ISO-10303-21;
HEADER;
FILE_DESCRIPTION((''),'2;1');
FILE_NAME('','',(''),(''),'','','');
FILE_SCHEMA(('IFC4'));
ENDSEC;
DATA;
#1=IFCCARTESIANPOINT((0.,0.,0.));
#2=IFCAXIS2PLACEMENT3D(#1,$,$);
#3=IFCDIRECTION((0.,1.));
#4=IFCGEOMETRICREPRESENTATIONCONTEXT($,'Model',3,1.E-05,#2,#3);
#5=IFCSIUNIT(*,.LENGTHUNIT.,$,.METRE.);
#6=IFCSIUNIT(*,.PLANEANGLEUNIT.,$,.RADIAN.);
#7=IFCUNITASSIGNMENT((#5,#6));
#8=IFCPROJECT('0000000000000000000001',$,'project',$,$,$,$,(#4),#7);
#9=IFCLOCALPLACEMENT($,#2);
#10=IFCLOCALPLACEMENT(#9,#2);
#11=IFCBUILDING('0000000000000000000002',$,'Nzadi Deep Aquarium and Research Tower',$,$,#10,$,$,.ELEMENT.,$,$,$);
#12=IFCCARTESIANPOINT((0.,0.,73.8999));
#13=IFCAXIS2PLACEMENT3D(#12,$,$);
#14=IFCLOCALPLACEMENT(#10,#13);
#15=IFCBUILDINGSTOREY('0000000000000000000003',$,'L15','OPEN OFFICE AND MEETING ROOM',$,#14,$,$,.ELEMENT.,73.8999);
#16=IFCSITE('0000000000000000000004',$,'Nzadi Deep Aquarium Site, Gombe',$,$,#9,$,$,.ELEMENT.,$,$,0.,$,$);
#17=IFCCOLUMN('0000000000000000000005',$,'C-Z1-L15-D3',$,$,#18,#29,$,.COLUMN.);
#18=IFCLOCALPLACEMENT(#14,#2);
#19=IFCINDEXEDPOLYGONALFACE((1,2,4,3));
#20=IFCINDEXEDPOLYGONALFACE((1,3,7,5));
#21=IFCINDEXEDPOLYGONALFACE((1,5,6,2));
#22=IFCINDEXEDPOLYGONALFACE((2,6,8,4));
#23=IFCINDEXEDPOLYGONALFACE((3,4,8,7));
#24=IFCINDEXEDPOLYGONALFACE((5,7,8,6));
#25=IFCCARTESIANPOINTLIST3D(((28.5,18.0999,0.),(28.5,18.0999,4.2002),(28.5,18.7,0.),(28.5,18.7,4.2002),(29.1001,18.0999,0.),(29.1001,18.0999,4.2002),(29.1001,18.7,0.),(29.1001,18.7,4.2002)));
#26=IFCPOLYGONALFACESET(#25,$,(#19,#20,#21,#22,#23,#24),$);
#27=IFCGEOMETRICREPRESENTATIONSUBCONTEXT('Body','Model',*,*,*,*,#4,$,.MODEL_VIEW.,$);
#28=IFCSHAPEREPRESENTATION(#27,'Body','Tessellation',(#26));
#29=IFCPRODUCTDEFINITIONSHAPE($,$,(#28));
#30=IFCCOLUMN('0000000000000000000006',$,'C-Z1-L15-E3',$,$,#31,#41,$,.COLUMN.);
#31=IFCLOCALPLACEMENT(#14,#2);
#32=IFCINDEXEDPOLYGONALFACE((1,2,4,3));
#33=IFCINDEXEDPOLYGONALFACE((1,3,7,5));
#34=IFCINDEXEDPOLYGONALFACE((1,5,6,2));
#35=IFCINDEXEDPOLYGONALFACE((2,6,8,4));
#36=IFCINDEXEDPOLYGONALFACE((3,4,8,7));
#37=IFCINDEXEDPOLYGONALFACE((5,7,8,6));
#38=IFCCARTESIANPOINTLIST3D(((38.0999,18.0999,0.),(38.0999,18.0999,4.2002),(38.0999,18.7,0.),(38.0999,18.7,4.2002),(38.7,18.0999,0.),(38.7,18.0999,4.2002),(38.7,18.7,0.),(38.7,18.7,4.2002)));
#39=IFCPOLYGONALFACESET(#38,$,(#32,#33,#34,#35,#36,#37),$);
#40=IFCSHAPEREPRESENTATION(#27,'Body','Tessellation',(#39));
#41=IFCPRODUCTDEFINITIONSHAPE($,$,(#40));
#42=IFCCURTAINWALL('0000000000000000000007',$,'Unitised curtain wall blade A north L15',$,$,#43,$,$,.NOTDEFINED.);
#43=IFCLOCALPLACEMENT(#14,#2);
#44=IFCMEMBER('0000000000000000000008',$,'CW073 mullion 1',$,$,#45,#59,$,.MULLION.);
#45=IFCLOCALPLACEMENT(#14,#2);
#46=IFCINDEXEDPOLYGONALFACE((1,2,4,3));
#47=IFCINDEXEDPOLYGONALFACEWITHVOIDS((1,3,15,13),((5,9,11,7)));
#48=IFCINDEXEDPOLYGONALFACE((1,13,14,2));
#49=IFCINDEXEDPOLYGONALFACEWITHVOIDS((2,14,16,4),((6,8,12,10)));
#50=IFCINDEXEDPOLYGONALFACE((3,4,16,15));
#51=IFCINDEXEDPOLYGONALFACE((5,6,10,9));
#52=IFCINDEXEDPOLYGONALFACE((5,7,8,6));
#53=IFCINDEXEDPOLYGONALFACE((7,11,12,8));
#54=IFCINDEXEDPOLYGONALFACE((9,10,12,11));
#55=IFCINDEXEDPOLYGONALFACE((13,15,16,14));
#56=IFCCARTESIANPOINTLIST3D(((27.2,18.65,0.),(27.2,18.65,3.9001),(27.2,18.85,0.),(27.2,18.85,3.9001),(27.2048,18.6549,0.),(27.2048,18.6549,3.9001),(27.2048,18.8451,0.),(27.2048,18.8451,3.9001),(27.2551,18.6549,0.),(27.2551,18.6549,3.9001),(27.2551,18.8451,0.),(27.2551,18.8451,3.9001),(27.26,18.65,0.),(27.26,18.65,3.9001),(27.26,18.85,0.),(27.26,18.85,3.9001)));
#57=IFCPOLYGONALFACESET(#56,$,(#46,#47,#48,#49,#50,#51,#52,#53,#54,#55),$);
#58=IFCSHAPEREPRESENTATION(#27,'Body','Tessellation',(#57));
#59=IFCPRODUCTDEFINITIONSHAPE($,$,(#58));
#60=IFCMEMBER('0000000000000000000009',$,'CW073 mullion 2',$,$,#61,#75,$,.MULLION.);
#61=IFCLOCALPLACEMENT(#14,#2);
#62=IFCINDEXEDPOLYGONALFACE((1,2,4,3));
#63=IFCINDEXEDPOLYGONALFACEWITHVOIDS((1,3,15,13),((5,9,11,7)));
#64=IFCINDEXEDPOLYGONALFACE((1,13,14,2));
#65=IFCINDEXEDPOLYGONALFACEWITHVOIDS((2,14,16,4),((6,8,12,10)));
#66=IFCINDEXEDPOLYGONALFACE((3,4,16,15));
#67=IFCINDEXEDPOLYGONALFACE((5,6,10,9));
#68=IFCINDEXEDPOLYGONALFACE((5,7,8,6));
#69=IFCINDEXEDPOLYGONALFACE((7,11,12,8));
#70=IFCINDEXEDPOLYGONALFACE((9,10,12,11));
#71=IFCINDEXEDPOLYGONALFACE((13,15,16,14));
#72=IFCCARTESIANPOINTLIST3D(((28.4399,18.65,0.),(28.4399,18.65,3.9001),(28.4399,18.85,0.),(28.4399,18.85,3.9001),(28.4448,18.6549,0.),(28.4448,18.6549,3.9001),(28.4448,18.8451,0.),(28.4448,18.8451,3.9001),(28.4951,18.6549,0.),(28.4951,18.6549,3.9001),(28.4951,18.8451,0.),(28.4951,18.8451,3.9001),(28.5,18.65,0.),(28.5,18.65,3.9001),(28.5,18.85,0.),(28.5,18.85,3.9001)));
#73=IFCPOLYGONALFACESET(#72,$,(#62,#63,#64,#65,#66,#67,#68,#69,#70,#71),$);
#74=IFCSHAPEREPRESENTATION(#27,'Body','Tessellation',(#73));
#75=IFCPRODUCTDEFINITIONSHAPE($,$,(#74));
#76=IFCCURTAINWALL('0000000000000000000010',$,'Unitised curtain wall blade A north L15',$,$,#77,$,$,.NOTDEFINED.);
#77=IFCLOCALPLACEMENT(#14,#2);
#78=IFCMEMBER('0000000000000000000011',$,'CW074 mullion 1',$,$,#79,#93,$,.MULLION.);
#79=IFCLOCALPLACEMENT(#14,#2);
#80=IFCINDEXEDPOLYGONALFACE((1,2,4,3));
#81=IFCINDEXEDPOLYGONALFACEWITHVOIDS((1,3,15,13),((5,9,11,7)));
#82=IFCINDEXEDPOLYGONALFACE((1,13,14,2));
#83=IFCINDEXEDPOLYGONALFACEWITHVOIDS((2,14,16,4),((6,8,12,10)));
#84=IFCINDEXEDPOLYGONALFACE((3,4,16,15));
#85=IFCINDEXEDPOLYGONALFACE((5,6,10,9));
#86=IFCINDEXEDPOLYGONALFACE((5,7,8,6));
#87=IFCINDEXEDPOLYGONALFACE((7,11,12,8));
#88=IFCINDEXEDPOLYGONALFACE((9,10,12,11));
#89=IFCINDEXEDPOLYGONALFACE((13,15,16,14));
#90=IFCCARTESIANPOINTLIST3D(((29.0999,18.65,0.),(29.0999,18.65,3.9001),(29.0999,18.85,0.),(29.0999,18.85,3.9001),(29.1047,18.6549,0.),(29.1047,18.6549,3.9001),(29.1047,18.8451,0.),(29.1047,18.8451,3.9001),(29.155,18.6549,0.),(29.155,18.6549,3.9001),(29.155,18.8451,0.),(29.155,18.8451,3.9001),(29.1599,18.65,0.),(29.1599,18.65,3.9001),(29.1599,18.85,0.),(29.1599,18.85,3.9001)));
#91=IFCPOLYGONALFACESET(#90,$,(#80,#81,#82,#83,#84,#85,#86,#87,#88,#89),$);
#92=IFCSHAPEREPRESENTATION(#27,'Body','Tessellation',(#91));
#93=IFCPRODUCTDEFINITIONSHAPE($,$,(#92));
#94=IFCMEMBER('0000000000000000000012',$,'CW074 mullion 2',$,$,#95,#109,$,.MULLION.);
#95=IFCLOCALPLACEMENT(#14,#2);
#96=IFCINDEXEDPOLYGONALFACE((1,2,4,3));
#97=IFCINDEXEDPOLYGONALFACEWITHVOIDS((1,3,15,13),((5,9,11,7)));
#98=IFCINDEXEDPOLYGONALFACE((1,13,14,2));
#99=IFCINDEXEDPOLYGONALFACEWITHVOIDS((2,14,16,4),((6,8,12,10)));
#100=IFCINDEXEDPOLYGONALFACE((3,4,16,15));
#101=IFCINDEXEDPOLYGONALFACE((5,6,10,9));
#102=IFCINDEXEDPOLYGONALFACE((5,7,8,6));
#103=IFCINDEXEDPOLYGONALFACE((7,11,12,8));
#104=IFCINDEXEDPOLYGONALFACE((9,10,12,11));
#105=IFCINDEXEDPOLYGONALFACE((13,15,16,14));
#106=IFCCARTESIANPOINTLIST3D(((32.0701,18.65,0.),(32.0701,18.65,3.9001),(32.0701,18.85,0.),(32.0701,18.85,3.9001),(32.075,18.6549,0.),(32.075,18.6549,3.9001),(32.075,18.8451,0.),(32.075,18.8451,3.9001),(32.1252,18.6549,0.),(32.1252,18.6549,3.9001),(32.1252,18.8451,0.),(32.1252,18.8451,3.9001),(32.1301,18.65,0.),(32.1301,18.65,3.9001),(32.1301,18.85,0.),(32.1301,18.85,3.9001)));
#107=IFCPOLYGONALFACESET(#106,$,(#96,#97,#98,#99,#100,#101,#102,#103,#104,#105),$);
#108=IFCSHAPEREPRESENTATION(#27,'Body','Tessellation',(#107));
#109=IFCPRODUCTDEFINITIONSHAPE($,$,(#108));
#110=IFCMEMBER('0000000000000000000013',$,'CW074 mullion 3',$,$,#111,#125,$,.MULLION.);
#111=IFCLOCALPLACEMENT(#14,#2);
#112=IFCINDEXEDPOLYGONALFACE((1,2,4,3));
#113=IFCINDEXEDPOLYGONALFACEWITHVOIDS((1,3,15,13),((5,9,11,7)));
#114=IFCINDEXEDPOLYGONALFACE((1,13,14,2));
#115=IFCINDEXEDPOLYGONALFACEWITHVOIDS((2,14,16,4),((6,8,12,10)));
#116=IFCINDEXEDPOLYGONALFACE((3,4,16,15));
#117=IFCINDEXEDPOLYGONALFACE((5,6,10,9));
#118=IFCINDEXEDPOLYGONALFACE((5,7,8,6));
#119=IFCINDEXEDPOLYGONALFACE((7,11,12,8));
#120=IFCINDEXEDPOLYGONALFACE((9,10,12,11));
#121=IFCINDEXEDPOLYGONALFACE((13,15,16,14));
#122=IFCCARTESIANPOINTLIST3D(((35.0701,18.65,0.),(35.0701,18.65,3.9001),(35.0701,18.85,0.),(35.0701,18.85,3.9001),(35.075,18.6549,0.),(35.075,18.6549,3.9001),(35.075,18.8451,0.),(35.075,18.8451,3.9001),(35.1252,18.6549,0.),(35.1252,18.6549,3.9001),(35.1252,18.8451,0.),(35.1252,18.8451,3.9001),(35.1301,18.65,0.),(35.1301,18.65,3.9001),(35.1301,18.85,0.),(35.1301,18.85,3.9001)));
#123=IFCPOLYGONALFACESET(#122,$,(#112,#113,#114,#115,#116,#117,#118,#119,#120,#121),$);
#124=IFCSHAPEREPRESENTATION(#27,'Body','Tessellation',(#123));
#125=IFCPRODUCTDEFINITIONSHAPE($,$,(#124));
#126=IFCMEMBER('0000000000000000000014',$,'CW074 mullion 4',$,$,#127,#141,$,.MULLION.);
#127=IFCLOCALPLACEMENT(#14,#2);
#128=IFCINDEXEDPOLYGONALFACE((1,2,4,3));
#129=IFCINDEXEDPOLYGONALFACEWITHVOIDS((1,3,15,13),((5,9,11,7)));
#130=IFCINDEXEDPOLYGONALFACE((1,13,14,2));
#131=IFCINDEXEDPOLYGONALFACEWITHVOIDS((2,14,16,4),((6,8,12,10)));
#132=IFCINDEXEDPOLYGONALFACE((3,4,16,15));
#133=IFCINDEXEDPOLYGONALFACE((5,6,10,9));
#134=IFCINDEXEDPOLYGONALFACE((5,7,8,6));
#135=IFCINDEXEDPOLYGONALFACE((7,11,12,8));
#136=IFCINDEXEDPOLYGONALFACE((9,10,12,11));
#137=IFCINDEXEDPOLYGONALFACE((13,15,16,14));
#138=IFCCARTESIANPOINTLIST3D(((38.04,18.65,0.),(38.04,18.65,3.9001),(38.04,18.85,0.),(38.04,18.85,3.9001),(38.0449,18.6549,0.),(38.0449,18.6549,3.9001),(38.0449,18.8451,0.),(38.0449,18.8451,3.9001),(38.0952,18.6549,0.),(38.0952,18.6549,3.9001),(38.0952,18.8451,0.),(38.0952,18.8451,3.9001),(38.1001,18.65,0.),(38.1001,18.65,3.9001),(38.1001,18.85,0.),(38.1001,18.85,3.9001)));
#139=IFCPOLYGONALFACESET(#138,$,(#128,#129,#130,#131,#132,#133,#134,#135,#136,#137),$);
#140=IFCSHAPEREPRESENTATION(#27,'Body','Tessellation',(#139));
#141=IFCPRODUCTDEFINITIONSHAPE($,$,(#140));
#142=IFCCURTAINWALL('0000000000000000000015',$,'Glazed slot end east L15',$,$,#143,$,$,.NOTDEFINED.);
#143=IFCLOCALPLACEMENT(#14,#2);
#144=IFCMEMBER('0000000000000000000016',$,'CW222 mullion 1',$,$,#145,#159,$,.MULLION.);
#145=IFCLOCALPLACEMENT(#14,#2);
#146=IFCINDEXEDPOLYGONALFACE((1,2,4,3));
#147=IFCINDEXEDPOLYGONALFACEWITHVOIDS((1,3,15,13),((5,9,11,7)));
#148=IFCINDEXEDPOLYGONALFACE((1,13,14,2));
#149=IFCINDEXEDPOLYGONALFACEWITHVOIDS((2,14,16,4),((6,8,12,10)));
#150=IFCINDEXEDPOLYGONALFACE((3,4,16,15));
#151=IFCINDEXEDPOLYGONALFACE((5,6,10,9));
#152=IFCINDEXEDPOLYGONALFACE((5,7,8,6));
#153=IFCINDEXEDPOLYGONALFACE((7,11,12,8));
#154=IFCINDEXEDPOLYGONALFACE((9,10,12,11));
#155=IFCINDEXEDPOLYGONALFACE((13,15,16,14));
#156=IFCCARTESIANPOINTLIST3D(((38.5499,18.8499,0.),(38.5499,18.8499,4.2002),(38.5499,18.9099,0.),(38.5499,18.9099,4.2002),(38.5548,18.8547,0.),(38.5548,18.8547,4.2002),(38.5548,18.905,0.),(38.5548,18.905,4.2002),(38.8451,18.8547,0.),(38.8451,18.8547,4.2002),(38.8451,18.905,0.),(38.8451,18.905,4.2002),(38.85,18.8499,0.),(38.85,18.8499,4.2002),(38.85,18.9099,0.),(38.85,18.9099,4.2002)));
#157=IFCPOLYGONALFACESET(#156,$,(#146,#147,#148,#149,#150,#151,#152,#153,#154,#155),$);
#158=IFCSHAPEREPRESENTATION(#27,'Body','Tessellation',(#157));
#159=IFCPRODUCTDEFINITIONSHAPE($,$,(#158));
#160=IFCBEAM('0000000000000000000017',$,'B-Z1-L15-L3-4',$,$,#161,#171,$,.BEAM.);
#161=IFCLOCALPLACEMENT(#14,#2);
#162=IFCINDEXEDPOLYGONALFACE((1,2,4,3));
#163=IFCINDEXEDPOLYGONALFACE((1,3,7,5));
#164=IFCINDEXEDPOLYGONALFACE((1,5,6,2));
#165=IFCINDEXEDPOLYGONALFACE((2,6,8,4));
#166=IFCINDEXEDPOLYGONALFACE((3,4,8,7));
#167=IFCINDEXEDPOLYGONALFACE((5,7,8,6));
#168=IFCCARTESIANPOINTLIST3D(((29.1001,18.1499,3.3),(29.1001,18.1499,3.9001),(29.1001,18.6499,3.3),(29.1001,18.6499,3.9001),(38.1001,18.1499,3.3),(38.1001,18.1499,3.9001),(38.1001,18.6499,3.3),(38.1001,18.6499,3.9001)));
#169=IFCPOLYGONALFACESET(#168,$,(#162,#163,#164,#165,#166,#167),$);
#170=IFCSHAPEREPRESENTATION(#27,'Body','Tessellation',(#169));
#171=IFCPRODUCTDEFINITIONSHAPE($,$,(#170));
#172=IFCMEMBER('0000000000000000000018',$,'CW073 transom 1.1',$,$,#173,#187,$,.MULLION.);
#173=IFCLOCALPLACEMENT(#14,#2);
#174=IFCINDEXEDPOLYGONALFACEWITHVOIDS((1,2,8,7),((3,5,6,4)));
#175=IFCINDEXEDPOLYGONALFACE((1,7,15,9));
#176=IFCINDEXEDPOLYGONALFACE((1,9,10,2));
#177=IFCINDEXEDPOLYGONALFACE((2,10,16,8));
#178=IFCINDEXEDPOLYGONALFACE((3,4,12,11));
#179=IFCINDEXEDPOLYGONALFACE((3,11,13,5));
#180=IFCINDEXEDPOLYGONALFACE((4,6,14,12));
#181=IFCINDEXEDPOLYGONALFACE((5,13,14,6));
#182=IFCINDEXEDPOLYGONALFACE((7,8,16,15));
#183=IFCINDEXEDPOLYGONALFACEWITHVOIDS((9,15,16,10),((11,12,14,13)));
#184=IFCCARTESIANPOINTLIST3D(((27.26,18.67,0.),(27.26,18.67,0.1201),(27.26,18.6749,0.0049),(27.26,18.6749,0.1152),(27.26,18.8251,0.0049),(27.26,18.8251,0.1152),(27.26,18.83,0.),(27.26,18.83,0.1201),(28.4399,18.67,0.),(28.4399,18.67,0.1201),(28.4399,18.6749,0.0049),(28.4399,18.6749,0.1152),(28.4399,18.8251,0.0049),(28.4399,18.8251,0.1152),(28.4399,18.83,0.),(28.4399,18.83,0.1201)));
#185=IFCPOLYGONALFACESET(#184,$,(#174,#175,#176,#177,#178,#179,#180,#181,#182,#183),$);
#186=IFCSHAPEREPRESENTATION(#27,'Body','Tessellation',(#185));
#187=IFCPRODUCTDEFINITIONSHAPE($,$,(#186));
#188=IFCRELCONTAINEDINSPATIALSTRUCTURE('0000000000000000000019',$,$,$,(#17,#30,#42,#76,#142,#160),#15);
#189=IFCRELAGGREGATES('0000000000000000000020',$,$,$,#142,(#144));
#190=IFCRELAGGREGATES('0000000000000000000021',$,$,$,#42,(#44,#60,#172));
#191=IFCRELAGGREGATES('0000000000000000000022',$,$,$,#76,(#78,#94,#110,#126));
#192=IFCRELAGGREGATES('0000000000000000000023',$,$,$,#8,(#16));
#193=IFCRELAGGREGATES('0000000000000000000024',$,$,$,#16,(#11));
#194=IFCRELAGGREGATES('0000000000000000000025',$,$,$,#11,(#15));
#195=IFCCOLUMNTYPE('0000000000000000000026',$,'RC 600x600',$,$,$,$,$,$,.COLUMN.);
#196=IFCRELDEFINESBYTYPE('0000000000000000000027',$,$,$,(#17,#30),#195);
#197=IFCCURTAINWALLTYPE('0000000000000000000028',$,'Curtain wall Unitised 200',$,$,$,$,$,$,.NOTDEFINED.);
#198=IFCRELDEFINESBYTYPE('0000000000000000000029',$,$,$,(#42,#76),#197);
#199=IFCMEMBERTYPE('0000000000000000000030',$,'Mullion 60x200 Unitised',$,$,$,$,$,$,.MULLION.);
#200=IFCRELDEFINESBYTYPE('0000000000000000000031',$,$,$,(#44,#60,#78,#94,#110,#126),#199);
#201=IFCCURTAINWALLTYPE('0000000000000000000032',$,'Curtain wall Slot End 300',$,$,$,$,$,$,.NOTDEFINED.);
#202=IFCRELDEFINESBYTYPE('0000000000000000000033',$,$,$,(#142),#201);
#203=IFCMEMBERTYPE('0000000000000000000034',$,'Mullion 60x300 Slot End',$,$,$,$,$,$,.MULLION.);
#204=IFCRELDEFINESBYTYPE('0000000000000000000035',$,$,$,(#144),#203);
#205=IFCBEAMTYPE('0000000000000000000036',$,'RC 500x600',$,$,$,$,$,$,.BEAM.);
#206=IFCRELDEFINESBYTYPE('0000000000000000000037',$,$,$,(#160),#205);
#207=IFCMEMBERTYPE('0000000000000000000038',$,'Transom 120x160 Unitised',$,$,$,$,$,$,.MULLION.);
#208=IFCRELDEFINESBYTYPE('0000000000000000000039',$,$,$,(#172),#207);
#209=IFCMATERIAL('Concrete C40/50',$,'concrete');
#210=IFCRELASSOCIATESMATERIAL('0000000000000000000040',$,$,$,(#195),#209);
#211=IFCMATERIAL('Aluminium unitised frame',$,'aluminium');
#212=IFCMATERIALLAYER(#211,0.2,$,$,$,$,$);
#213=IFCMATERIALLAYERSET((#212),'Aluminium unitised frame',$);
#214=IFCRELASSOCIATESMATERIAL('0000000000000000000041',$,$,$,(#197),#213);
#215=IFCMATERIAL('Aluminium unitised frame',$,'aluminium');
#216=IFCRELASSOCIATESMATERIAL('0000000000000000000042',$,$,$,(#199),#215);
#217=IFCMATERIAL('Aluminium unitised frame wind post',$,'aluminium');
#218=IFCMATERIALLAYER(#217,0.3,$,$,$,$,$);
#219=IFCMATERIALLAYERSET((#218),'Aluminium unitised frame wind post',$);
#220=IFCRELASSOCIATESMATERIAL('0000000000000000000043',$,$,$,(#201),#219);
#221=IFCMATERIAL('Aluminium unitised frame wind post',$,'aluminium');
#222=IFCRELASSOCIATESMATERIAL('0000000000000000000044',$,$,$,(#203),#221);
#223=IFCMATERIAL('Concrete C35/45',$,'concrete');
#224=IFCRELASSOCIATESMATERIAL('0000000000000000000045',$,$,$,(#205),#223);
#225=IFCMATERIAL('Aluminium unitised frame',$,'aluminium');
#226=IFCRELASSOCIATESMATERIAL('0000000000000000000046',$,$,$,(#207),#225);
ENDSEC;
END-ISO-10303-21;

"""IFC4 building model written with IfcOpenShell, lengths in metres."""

from ifc_helpers import new_model, si_unit, direction, frame, origin, origin_2d, place, context, subcontext, project, spatial, rectangle, hollow_rectangle, extrude, material, layer, layer_set, material_profile, profile_set, type_object, element, aggregate, save


model = new_model("IFC4")

# Units and contexts
model_context = context("Model", 3, precision=1e-05, world=origin(), true_north=direction((0.0, 1.0)))
body_context = subcontext(model_context, "Body", "Model", "MODEL_VIEW")
ifc_project = project(units=[si_unit("LENGTHUNIT", "METRE"), si_unit("PLANEANGLEUNIT", "RADIAN")], contexts=[model_context])

# Site, building, storey
site_placement = place(None, origin())
site = spatial("IfcSite", under=ifc_project, at=site_placement, Name="Nzadi Deep Aquarium Site, Gombe", CompositionType="ELEMENT", RefElevation=0.0)
building_placement = place(site_placement, origin())
building = spatial("IfcBuilding", under=site, at=building_placement, Name="Nzadi Deep Aquarium and Research Tower", CompositionType="ELEMENT")
storey_placement = place(building_placement, frame((0.0, 0.0, 73.8999)))
storey = spatial("IfcBuildingStorey", under=building, at=storey_placement, Name="L15", Description="OPEN OFFICE AND MEETING ROOM", CompositionType="ELEMENT", Elevation=73.8999)

# Columns
ifc_material_1 = material(Name="Concrete C40/50", Category="concrete")
ifc_material_profile_1 = material_profile(ifc_material_1, rectangle(XDim=0.6001, YDim=0.6001, at=origin_2d()))
ifc_profile_set_1 = profile_set([ifc_material_profile_1], Name="Concrete C40/50")
column_type = type_object("IfcColumnType", Name="RC 600x600", PredefinedType="COLUMN", material=ifc_profile_set_1)
for number, where, z_axis, x_axis, name in (
    (1, (28.8, 18.3999, 0.0), (0.0, 0.0, 1.0), (1.0, 0.0, 0.0), "C-Z1-L15-D3"),
    (2, (38.3999, 18.3999, 0.0), (0.0, 0.0, 1.0), (1.0, 0.0, 0.0), "C-Z1-L15-E3"),
):
    element("IfcColumn", number, at=place(storey_placement, frame(where, z_axis=z_axis, x_axis=x_axis)), inside=storey, type_object=column_type, Name=name, PredefinedType="COLUMN", context=body_context, shape_type="SweptSolid", body=[
        extrude(rectangle(XDim=0.6001, YDim=0.6001, at=origin_2d()), origin(), (0.0, 0.0, 1.0), 4.2002),
    ])

# Curtain walls, members
ifc_material_2 = material(Name="Aluminium unitised frame", Category="aluminium")
ifc_layer_1 = layer(ifc_material_2, 0.2)
ifc_layer_set_1 = layer_set([ifc_layer_1], Name="Aluminium unitised frame")
curtain_wall_type_1 = type_object("IfcCurtainWallType", Name="Curtain wall Unitised 200", PredefinedType="NOTDEFINED", material=ifc_layer_set_1)
curtain_wall_1_placement = place(storey_placement, origin())
curtain_wall_1 = element("IfcCurtainWall", 3, at=curtain_wall_1_placement, inside=storey, type_object=curtain_wall_type_1, Name="Unitised curtain wall blade A north L15", PredefinedType="NOTDEFINED")
ifc_material_3 = material(Name="Aluminium unitised frame", Category="aluminium")
ifc_material_profile_2 = material_profile(ifc_material_3, hollow_rectangle(XDim=0.2, YDim=0.0601, WallThickness=0.0049, at=origin_2d()))
ifc_profile_set_2 = profile_set([ifc_material_profile_2], Name="Aluminium unitised frame")
member_type_1 = type_object("IfcMemberType", Name="Mullion 60x200 Unitised", PredefinedType="MULLION", material=ifc_profile_set_2)
member_1_placement = place(storey_placement, frame((27.23, 18.75, 0.0), z_axis=(0.0, 0.0, 1.0), x_axis=(0.0, 1.0, 0.0)))
member_1 = element("IfcMember", 4, at=member_1_placement, type_object=member_type_1, Name="CW073 mullion 1", PredefinedType="MULLION", context=body_context, shape_type="SweptSolid", body=[
    extrude(hollow_rectangle(XDim=0.2, YDim=0.0601, WallThickness=0.0049, at=origin_2d()), origin(), (0.0, 0.0, 1.0), 3.9001),
])
member_2_placement = place(storey_placement, frame((28.47, 18.75, 0.0), z_axis=(0.0, 0.0, 1.0), x_axis=(0.0, 1.0, 0.0)))
member_2 = element("IfcMember", 5, at=member_2_placement, type_object=member_type_1, Name="CW073 mullion 2", PredefinedType="MULLION", context=body_context, shape_type="SweptSolid", body=[
    extrude(hollow_rectangle(XDim=0.2, YDim=0.0601, WallThickness=0.0049, at=origin_2d()), origin(), (0.0, 0.0, 1.0), 3.9001),
])
curtain_wall_2_placement = place(storey_placement, origin())
curtain_wall_2 = element("IfcCurtainWall", 6, at=curtain_wall_2_placement, inside=storey, type_object=curtain_wall_type_1, Name="Unitised curtain wall blade A north L15", PredefinedType="NOTDEFINED")
member_3_placement = place(storey_placement, frame((29.1299, 18.75, 0.0), z_axis=(0.0, 0.0, 1.0), x_axis=(0.0, 1.0, 0.0)))
member_3 = element("IfcMember", 7, at=member_3_placement, type_object=member_type_1, Name="CW074 mullion 1", PredefinedType="MULLION", context=body_context, shape_type="SweptSolid", body=[
    extrude(hollow_rectangle(XDim=0.2, YDim=0.0601, WallThickness=0.0049, at=origin_2d()), origin(), (0.0, 0.0, 1.0), 3.9001),
])
member_4_placement = place(storey_placement, frame((32.1001, 18.75, 0.0), z_axis=(0.0, 0.0, 1.0), x_axis=(0.0, 1.0, 0.0)))
member_4 = element("IfcMember", 8, at=member_4_placement, type_object=member_type_1, Name="CW074 mullion 2", PredefinedType="MULLION", context=body_context, shape_type="SweptSolid", body=[
    extrude(hollow_rectangle(XDim=0.2, YDim=0.0601, WallThickness=0.0049, at=origin_2d()), origin(), (0.0, 0.0, 1.0), 3.9001),
])
member_5_placement = place(storey_placement, frame((35.1001, 18.75, 0.0), z_axis=(0.0, 0.0, 1.0), x_axis=(0.0, 1.0, 0.0)))
member_5 = element("IfcMember", 9, at=member_5_placement, type_object=member_type_1, Name="CW074 mullion 3", PredefinedType="MULLION", context=body_context, shape_type="SweptSolid", body=[
    extrude(hollow_rectangle(XDim=0.2, YDim=0.0601, WallThickness=0.0049, at=origin_2d()), origin(), (0.0, 0.0, 1.0), 3.9001),
])
member_6_placement = place(storey_placement, frame((38.0701, 18.75, 0.0), z_axis=(0.0, 0.0, 1.0), x_axis=(0.0, 1.0, 0.0)))
member_6 = element("IfcMember", 10, at=member_6_placement, type_object=member_type_1, Name="CW074 mullion 4", PredefinedType="MULLION", context=body_context, shape_type="SweptSolid", body=[
    extrude(hollow_rectangle(XDim=0.2, YDim=0.0601, WallThickness=0.0049, at=origin_2d()), origin(), (0.0, 0.0, 1.0), 3.9001),
])

# Curtain wall, member
ifc_material_4 = material(Name="Aluminium unitised frame wind post", Category="aluminium")
ifc_layer_2 = layer(ifc_material_4, 0.3)
ifc_layer_set_2 = layer_set([ifc_layer_2], Name="Aluminium unitised frame wind post")
curtain_wall_type_2 = type_object("IfcCurtainWallType", Name="Curtain wall Slot End 300", PredefinedType="NOTDEFINED", material=ifc_layer_set_2)
curtain_wall_3_placement = place(storey_placement, origin())
curtain_wall_3 = element("IfcCurtainWall", 11, at=curtain_wall_3_placement, inside=storey, type_object=curtain_wall_type_2, Name="Glazed slot end east L15", PredefinedType="NOTDEFINED")
ifc_material_5 = material(Name="Aluminium unitised frame wind post", Category="aluminium")
ifc_material_profile_3 = material_profile(ifc_material_5, hollow_rectangle(XDim=0.3, YDim=0.0601, WallThickness=0.0049, at=origin_2d()))
ifc_profile_set_3 = profile_set([ifc_material_profile_3], Name="Aluminium unitised frame wind post")
member_type_2 = type_object("IfcMemberType", Name="Mullion 60x300 Slot End", PredefinedType="MULLION", material=ifc_profile_set_3)
member_7_placement = place(storey_placement, frame((38.7, 18.8799, 0.0), z_axis=(0.0, 0.0, 1.0), x_axis=(-1.0, 0.0, 0.0)))
member_7 = element("IfcMember", 12, at=member_7_placement, type_object=member_type_2, Name="CW222 mullion 1", PredefinedType="MULLION", context=body_context, shape_type="SweptSolid", body=[
    extrude(hollow_rectangle(XDim=0.3, YDim=0.0601, WallThickness=0.0049, at=origin_2d()), origin(), (0.0, 0.0, 1.0), 4.2002),
])

# Beam
ifc_material_6 = material(Name="Concrete C35/45", Category="concrete")
ifc_material_profile_4 = material_profile(ifc_material_6, rectangle(XDim=0.5, YDim=0.6001, at=origin_2d()))
ifc_profile_set_4 = profile_set([ifc_material_profile_4], Name="Concrete C35/45")
beam_type = type_object("IfcBeamType", Name="RC 500x600", PredefinedType="BEAM", material=ifc_profile_set_4)
beam_placement = place(storey_placement, frame((29.1001, 18.3999, 3.6001), z_axis=(1.0, 0.0, 0.0), x_axis=(0.0, 1.0, 0.0)))
element("IfcBeam", 13, at=beam_placement, inside=storey, type_object=beam_type, Name="B-Z1-L15-L3-4", PredefinedType="BEAM", context=body_context, shape_type="SweptSolid", body=[
    extrude(rectangle(XDim=0.5, YDim=0.6001, at=origin_2d()), origin(), (0.0, 0.0, 1.0), 9.0),
])

# Member
ifc_material_7 = material(Name="Aluminium unitised frame", Category="aluminium")
ifc_material_profile_5 = material_profile(ifc_material_7, hollow_rectangle(XDim=0.1599, YDim=0.1201, WallThickness=0.0049, at=origin_2d()))
ifc_profile_set_5 = profile_set([ifc_material_profile_5], Name="Aluminium unitised frame")
member_type_3 = type_object("IfcMemberType", Name="Transom 120x160 Unitised", PredefinedType="MULLION", material=ifc_profile_set_5)
member_8_placement = place(storey_placement, frame((27.26, 18.75, 0.0601), z_axis=(1.0, 0.0, 0.0), x_axis=(0.0, 1.0, 0.0)))
member_8 = element("IfcMember", 14, at=member_8_placement, type_object=member_type_3, Name="CW073 transom 1.1", PredefinedType="MULLION", context=body_context, shape_type="SweptSolid", body=[
    extrude(hollow_rectangle(XDim=0.1599, YDim=0.1201, WallThickness=0.0049, at=origin_2d()), origin(), (0.0, 0.0, 1.0), 1.1799),
])
aggregate(curtain_wall_3, [member_7])

aggregate(curtain_wall_1, [member_1, member_2, member_8])
aggregate(curtain_wall_2, [member_3, member_4, member_5, member_6])

save(model, "model.ifc")
